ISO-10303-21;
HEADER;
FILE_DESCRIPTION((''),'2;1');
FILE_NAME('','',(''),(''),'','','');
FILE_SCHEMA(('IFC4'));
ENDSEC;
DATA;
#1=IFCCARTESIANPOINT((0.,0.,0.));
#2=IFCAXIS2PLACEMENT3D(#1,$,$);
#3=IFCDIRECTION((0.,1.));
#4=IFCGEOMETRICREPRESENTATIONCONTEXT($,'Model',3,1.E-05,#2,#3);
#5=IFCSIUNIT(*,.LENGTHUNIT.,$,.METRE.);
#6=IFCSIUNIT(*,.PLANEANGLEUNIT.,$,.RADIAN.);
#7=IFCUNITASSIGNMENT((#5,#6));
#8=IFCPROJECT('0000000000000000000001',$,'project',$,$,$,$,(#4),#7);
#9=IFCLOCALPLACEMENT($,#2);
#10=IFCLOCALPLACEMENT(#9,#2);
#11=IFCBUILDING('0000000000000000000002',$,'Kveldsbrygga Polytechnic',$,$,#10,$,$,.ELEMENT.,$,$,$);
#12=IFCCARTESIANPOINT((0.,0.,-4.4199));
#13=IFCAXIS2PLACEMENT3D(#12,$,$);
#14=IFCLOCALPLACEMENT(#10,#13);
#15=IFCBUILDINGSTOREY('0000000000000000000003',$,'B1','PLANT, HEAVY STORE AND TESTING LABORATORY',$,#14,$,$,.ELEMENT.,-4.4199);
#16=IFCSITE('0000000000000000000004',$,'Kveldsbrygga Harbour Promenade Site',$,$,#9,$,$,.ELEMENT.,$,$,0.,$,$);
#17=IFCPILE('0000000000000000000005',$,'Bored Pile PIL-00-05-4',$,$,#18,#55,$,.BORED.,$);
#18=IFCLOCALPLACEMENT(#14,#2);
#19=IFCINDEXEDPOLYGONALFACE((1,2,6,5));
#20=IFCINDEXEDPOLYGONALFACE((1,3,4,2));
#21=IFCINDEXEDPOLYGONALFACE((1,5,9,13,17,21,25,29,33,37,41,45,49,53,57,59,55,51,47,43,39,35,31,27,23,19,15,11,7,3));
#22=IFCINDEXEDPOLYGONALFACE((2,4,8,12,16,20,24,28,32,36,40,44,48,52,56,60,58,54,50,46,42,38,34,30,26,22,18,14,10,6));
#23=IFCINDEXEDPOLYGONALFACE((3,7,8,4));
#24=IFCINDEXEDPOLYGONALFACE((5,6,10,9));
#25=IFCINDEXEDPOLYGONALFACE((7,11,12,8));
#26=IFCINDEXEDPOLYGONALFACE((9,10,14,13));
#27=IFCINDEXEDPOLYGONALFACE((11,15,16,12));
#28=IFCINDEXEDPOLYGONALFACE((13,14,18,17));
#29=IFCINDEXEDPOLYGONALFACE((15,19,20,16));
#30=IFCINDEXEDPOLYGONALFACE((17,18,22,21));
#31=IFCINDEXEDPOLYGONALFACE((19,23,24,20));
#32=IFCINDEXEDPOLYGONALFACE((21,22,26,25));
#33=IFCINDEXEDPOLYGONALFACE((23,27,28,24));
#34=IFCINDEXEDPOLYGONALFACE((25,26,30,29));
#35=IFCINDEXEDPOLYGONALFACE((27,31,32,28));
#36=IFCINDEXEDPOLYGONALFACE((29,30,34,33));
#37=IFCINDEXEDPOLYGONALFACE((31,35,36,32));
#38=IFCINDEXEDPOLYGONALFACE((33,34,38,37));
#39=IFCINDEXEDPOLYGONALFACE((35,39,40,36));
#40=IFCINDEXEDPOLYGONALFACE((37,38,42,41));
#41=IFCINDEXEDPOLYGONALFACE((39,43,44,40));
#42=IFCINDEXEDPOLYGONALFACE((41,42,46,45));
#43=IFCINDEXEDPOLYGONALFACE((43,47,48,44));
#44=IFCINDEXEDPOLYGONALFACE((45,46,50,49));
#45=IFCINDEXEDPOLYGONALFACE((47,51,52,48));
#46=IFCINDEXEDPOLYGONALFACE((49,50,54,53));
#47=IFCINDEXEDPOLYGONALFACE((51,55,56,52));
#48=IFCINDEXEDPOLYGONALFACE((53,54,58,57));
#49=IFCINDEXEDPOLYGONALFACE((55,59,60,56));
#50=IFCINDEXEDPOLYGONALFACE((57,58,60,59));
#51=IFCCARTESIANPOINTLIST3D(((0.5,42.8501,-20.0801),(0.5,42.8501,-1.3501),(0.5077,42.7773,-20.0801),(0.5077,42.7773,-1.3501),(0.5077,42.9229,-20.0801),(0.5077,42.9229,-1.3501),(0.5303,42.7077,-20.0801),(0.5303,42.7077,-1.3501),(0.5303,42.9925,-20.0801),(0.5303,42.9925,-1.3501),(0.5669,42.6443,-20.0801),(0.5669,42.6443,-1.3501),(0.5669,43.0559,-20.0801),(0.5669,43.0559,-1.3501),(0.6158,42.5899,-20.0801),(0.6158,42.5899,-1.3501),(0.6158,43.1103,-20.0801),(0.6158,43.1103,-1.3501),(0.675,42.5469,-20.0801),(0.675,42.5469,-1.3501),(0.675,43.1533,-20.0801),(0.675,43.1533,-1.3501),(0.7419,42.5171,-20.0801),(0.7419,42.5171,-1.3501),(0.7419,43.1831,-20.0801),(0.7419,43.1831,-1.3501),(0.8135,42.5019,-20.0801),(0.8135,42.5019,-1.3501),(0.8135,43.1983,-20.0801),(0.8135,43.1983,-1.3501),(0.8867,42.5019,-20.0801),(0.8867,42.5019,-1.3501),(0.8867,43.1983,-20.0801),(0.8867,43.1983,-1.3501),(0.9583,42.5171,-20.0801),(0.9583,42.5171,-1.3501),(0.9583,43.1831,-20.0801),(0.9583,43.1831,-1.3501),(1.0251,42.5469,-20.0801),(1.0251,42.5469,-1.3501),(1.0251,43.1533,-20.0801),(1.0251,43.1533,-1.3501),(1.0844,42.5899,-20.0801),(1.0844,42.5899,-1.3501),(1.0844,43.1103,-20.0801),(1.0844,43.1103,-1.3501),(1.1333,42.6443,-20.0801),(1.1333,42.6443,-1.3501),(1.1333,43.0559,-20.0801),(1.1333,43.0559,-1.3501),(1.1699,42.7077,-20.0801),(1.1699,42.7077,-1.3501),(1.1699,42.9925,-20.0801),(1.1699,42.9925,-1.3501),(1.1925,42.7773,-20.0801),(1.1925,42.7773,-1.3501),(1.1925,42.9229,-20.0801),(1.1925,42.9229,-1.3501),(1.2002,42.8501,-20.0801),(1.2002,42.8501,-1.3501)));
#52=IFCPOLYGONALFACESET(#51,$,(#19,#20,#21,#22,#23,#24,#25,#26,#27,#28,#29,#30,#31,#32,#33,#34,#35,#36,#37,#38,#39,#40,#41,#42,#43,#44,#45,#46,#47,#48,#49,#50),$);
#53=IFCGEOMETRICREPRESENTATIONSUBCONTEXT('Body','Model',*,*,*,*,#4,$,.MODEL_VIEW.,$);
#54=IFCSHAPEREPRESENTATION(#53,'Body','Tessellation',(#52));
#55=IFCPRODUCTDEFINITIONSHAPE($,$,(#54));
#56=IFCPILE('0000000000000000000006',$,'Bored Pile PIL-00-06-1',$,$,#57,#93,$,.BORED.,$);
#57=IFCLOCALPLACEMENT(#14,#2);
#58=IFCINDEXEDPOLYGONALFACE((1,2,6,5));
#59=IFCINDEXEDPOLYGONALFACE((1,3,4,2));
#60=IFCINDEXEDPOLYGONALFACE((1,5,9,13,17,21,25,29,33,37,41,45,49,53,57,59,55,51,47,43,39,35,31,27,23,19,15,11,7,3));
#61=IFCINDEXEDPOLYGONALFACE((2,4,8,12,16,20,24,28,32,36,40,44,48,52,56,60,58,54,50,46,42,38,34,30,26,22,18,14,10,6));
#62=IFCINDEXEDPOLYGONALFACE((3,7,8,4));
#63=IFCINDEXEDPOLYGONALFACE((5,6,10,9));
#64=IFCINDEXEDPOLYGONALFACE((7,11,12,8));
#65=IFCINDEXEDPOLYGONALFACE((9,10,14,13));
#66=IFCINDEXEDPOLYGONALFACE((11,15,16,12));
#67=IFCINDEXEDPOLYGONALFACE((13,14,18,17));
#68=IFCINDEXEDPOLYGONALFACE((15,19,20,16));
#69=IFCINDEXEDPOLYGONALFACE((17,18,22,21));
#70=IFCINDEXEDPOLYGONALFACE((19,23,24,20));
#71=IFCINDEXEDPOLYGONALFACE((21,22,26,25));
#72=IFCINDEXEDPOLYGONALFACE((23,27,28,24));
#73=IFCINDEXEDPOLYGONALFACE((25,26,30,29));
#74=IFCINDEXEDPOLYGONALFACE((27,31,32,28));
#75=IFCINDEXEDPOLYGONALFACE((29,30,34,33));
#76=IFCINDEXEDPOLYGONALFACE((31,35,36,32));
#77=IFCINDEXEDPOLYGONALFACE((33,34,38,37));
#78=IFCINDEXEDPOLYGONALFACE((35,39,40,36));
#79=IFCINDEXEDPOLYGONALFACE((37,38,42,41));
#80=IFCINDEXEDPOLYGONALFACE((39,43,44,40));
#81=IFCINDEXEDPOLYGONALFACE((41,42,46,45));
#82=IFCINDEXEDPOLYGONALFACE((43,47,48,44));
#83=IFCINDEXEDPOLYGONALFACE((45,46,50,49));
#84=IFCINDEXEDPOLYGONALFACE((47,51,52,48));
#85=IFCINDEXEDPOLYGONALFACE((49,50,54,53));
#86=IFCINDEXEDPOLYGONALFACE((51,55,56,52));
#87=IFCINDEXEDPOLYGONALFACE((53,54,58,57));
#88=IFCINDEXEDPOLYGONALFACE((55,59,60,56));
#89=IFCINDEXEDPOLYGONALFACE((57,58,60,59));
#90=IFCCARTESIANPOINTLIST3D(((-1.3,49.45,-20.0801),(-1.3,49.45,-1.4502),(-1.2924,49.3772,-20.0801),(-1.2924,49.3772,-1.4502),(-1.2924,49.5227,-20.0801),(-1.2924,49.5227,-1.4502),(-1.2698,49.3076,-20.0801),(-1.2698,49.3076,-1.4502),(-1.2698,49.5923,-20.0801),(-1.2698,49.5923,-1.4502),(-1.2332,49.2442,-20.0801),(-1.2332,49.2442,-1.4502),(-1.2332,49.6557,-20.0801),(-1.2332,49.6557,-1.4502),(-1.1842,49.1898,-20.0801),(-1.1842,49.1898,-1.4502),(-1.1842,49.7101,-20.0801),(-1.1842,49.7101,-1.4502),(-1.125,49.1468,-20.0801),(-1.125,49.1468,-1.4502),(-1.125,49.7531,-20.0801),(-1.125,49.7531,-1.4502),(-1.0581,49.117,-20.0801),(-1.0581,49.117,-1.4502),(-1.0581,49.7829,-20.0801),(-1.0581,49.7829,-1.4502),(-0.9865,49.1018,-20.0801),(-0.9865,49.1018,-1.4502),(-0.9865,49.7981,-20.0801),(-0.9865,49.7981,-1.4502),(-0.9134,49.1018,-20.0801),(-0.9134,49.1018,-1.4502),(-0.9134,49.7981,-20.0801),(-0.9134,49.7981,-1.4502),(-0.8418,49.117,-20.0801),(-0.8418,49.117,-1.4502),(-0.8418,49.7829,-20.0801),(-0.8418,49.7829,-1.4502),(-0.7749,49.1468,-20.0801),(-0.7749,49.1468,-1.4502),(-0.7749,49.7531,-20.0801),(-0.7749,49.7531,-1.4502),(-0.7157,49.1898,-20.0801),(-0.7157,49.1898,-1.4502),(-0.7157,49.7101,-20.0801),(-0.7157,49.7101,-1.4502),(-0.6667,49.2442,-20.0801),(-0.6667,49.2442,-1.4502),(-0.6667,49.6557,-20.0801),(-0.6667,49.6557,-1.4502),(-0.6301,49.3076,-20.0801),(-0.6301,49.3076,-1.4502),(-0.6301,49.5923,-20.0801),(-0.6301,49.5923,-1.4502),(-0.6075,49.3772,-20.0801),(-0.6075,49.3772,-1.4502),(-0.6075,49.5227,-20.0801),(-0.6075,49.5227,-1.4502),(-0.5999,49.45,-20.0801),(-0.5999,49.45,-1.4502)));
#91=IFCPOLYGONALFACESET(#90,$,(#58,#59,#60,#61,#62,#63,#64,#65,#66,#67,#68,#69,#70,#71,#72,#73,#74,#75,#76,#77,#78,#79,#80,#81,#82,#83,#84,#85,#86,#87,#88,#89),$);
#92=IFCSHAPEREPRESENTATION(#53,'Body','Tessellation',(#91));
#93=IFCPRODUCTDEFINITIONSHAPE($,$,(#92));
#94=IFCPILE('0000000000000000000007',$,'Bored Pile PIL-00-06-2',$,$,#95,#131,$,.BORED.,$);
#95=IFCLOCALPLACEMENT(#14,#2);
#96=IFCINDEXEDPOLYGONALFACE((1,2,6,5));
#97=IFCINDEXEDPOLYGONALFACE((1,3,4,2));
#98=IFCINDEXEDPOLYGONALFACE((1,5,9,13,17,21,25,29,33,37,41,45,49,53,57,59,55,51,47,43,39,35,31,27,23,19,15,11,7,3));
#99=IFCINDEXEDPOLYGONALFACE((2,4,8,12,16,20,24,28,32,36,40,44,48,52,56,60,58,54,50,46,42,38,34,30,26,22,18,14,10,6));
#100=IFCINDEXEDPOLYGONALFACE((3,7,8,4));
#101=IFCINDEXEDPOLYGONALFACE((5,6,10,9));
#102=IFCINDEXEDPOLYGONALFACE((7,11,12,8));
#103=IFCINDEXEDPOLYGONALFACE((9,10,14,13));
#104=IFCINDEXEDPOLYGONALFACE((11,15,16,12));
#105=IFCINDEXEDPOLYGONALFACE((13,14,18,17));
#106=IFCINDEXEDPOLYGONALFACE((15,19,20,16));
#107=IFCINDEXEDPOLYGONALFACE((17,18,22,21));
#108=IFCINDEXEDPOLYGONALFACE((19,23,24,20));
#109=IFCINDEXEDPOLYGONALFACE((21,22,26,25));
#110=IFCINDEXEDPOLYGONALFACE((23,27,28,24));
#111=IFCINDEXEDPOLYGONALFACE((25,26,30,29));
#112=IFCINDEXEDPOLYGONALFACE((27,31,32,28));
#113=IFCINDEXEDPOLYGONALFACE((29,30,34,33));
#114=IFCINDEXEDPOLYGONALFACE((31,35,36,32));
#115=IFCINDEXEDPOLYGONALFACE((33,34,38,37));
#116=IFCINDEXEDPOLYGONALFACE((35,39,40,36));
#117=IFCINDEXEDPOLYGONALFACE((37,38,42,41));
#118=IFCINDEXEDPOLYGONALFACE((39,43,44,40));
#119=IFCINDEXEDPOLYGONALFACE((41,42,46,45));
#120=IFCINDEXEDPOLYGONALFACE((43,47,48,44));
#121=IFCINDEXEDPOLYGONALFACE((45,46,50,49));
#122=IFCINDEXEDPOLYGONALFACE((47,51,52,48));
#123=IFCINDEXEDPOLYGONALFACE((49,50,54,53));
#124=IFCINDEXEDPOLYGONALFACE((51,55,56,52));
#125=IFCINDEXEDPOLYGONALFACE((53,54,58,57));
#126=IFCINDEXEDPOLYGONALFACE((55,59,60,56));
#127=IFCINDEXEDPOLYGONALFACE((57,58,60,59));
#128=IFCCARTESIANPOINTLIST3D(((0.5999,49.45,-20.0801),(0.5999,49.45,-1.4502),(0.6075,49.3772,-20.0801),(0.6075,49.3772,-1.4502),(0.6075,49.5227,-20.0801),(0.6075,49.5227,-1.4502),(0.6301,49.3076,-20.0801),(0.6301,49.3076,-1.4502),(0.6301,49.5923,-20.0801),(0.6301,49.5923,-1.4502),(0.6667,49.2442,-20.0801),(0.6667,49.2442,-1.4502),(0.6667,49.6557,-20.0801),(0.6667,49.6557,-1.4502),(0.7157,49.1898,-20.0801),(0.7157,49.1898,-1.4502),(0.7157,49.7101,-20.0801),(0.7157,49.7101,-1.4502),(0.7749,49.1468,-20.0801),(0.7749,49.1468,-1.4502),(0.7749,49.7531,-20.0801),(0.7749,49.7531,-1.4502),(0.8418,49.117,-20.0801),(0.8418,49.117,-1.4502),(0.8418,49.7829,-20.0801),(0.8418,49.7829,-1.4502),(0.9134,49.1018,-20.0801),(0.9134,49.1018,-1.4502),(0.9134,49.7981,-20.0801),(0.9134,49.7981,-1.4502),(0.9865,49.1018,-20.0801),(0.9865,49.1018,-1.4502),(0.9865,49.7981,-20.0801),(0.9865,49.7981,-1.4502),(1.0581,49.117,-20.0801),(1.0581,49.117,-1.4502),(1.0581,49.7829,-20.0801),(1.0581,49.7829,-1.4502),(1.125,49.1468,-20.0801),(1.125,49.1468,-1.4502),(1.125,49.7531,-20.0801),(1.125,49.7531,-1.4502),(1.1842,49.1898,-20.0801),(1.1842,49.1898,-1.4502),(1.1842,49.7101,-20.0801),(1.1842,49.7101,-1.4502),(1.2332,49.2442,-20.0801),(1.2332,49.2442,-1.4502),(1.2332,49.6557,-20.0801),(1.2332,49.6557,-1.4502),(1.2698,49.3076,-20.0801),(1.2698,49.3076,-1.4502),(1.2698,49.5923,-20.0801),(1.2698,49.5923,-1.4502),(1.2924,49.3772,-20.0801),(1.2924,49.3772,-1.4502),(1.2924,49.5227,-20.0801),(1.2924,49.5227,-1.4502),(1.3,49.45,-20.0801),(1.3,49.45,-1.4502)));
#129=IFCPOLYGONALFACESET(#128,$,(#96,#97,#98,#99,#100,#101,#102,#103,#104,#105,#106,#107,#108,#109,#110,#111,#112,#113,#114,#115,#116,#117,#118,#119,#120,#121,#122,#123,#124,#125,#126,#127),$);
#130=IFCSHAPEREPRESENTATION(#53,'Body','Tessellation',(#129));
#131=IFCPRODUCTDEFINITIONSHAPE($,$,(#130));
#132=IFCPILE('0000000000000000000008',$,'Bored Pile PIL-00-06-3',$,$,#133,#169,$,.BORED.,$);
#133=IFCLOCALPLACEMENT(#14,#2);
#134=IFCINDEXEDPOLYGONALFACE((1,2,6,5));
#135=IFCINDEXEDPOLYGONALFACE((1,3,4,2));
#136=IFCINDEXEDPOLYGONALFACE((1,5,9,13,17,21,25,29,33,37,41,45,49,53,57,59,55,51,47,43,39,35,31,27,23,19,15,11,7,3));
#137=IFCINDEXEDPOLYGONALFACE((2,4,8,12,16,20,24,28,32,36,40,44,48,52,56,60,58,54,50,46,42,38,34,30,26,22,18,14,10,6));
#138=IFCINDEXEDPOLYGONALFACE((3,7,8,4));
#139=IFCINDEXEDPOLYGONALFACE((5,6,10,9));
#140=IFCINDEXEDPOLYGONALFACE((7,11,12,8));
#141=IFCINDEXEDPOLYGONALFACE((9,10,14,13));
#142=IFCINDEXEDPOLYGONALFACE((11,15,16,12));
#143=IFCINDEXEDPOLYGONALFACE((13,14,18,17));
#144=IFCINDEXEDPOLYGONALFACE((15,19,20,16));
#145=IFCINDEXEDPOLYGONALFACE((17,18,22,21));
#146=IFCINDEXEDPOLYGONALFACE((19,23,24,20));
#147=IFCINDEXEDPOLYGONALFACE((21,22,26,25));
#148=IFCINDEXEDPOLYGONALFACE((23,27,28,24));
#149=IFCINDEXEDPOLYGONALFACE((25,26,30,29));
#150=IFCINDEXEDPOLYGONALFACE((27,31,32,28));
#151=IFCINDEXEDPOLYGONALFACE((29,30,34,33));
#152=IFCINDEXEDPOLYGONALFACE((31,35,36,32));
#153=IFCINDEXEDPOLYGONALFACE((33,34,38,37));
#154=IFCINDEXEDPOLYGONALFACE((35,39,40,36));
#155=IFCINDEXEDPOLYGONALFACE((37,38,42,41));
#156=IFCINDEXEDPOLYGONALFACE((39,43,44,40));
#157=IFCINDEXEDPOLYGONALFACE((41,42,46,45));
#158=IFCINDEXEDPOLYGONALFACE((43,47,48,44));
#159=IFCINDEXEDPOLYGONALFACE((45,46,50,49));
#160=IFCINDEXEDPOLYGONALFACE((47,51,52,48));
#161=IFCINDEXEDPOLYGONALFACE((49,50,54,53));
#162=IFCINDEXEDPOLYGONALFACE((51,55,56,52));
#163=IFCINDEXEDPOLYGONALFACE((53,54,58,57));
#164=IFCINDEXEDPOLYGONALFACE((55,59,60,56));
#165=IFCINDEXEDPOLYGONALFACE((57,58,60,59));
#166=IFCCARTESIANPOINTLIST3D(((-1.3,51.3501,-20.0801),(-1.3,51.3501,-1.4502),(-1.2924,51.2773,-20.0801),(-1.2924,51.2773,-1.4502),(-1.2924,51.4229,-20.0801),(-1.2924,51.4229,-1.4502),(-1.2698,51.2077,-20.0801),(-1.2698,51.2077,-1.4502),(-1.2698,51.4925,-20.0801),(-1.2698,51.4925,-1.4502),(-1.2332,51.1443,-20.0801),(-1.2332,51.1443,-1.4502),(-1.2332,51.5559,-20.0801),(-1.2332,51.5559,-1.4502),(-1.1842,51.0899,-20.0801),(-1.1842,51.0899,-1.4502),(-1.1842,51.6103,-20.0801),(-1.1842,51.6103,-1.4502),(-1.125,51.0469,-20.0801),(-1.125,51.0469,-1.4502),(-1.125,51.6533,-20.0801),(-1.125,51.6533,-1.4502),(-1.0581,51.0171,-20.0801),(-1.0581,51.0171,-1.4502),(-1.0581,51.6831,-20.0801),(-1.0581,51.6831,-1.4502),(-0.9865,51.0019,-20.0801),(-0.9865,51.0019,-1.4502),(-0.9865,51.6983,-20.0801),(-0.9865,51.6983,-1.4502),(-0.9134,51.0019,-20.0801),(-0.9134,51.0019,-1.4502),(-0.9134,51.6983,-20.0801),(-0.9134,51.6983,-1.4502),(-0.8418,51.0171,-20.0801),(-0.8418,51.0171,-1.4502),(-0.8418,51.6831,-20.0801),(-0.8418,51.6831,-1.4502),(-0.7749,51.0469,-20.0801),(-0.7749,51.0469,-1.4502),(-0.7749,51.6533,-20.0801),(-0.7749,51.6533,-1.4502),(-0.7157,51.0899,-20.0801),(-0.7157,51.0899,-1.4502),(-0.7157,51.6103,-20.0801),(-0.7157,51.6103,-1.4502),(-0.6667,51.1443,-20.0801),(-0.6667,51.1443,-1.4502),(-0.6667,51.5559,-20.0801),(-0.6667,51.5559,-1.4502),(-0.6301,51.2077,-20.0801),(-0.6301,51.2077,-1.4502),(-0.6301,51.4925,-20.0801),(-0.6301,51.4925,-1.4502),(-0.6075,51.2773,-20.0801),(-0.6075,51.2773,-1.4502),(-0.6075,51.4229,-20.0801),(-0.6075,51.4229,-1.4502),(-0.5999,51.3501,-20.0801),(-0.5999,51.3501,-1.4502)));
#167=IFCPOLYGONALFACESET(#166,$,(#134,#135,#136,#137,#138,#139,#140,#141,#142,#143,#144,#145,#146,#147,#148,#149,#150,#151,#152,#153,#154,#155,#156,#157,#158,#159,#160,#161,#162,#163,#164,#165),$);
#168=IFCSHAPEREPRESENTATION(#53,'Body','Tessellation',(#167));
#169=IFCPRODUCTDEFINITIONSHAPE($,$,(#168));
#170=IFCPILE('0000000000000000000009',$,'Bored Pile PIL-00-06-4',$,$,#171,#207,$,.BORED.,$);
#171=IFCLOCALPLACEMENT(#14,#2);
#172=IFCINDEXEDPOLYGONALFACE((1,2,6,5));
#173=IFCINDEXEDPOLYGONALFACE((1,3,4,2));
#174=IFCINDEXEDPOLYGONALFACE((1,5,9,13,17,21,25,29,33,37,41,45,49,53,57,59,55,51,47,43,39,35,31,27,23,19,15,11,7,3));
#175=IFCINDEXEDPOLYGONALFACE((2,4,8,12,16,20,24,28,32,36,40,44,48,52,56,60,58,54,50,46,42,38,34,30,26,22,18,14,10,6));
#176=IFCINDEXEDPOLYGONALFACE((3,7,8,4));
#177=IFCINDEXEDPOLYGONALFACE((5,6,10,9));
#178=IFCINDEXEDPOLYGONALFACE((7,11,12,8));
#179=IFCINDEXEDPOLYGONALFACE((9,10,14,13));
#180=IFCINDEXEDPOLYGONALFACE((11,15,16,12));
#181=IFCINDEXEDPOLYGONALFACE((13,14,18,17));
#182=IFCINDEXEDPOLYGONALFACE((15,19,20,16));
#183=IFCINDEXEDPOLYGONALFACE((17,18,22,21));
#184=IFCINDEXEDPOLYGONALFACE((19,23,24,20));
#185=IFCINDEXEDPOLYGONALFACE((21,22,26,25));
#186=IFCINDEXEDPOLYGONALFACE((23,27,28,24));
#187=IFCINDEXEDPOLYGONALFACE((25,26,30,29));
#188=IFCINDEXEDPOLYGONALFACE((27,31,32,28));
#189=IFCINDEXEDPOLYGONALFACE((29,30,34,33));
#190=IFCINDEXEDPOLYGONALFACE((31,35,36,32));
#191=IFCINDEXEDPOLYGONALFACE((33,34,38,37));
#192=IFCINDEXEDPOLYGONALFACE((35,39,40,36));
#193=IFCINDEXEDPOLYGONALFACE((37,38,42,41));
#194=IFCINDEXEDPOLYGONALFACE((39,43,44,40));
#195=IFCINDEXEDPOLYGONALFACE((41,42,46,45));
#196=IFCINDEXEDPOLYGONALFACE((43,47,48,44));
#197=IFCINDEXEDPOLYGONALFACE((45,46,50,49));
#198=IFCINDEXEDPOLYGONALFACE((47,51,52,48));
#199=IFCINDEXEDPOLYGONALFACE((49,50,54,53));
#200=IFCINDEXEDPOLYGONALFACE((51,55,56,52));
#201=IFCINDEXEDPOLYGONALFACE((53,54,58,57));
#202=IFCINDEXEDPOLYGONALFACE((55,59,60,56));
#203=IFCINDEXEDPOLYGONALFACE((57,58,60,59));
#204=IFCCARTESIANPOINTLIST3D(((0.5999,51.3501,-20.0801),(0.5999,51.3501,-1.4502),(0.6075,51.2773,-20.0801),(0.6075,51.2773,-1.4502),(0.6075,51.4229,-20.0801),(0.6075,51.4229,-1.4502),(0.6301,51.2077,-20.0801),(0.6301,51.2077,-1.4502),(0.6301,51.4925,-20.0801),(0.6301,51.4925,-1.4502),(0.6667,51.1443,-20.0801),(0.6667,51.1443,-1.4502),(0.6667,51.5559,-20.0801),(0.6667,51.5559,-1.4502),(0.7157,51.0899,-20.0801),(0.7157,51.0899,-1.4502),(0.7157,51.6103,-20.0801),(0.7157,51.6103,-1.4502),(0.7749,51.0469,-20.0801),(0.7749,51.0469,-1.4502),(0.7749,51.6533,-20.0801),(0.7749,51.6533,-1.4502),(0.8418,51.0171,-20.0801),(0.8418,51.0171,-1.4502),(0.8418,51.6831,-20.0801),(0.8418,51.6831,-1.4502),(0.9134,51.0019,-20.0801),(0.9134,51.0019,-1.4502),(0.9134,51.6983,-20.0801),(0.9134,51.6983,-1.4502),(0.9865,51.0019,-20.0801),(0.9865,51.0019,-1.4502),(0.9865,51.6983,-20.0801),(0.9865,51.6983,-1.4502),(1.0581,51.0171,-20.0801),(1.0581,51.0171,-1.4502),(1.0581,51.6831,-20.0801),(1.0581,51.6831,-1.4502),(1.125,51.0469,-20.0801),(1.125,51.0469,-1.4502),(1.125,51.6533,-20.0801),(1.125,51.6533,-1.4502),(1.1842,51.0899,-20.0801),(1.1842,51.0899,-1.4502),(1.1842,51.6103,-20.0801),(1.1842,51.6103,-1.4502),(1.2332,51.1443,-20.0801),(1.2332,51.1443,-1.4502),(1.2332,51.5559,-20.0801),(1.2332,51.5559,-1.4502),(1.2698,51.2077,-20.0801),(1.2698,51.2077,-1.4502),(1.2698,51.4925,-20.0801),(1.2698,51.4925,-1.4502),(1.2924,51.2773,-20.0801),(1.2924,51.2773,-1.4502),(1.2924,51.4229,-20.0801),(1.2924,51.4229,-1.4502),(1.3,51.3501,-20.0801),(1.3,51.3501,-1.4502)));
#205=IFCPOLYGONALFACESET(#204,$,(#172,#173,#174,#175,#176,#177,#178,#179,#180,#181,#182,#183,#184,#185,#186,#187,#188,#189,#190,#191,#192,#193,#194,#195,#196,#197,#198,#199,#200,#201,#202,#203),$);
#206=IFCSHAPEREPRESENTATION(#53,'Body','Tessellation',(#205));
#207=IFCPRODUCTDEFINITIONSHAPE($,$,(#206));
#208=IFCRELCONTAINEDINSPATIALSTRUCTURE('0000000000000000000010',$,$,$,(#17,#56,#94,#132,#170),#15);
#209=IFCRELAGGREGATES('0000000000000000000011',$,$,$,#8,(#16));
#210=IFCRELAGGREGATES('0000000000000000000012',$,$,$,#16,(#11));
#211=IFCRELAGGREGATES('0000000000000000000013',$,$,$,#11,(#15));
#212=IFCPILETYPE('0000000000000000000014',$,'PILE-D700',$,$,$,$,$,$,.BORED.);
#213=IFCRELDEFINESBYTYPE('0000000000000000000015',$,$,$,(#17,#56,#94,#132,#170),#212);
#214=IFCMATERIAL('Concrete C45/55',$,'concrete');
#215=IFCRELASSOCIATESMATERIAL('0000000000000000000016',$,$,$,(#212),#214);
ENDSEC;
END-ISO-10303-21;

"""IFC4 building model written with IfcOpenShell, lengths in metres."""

from ifc_helpers import new_model, si_unit, direction, frame, origin, origin_2d, place, context, subcontext, project, spatial, circle, extrude, material, material_profile, profile_set, type_object, element, save


model = new_model("IFC4")

# Units and contexts
model_context = context("Model", 3, precision=1e-05, world=origin(), true_north=direction((0.0, 1.0)))
body_context = subcontext(model_context, "Body", "Model", "MODEL_VIEW")
ifc_project = project(units=[si_unit("LENGTHUNIT", "METRE"), si_unit("PLANEANGLEUNIT", "RADIAN")], contexts=[model_context])

# Site, building, storey
site_placement = place(None, origin())
site = spatial("IfcSite", under=ifc_project, at=site_placement, Name="Kveldsbrygga Harbour Promenade Site", CompositionType="ELEMENT", RefElevation=0.0)
building_placement = place(site_placement, origin())
building = spatial("IfcBuilding", under=site, at=building_placement, Name="Kveldsbrygga Polytechnic", CompositionType="ELEMENT")
storey_placement = place(building_placement, frame((0.0, 0.0, -4.4199)))
storey = spatial("IfcBuildingStorey", under=building, at=storey_placement, Name="B1", Description="PLANT, HEAVY STORE AND TESTING LABORATORY", CompositionType="ELEMENT", Elevation=-4.4199)

# Shared definitions
ifc_material_1 = material(Name="Concrete C45/55", Category="concrete")

# Piles
ifc_material_profile_1 = material_profile(ifc_material_1, circle(Radius=0.3501, at=origin_2d()), Name="PILE D700")
ifc_profile_set_1 = profile_set([ifc_material_profile_1], Name="Concrete C45/55")
pile_type_1 = type_object("IfcPileType", Name="PILE-D700", PredefinedType="BORED", material=ifc_profile_set_1)
for number, where, z_axis, x_axis, name in (
    (1, (0.8501, 42.8501, -1.3501), (0.0, 0.0, -1.0), (1.0, 0.0, 0.0), "Bored Pile PIL-00-05-4"),
):
    element("IfcPile", number, at=place(storey_placement, frame(where, z_axis=z_axis, x_axis=x_axis)), inside=storey, type_object=pile_type_1, Name=name, PredefinedType="BORED", context=body_context, shape_type="SweptSolid", body=[
        extrude(circle(Radius=0.3501, at=origin_2d()), origin(), (0.0, 0.0, 1.0), 18.73),
    ])
for number, where, z_axis, x_axis, name in (
    (2, (-0.95, 49.45, -1.4502), (0.0, 0.0, -1.0), (1.0, 0.0, 0.0), "Bored Pile PIL-00-06-1"),
    (3, (0.95, 49.45, -1.4502), (0.0, 0.0, -1.0), (1.0, 0.0, 0.0), "Bored Pile PIL-00-06-2"),
    (4, (-0.95, 51.3501, -1.4502), (0.0, 0.0, -1.0), (1.0, 0.0, 0.0), "Bored Pile PIL-00-06-3"),
    (5, (0.95, 51.3501, -1.4502), (0.0, 0.0, -1.0), (1.0, 0.0, 0.0), "Bored Pile PIL-00-06-4"),
):
    element("IfcPile", number, at=place(storey_placement, frame(where, z_axis=z_axis, x_axis=x_axis)), inside=storey, type_object=pile_type_1, Name=name, PredefinedType="BORED", context=body_context, shape_type="SweptSolid", body=[
        extrude(circle(Radius=0.3501, at=origin_2d()), origin(), (0.0, 0.0, 1.0), 18.6299),
    ])

save(model, "model.ifc")
